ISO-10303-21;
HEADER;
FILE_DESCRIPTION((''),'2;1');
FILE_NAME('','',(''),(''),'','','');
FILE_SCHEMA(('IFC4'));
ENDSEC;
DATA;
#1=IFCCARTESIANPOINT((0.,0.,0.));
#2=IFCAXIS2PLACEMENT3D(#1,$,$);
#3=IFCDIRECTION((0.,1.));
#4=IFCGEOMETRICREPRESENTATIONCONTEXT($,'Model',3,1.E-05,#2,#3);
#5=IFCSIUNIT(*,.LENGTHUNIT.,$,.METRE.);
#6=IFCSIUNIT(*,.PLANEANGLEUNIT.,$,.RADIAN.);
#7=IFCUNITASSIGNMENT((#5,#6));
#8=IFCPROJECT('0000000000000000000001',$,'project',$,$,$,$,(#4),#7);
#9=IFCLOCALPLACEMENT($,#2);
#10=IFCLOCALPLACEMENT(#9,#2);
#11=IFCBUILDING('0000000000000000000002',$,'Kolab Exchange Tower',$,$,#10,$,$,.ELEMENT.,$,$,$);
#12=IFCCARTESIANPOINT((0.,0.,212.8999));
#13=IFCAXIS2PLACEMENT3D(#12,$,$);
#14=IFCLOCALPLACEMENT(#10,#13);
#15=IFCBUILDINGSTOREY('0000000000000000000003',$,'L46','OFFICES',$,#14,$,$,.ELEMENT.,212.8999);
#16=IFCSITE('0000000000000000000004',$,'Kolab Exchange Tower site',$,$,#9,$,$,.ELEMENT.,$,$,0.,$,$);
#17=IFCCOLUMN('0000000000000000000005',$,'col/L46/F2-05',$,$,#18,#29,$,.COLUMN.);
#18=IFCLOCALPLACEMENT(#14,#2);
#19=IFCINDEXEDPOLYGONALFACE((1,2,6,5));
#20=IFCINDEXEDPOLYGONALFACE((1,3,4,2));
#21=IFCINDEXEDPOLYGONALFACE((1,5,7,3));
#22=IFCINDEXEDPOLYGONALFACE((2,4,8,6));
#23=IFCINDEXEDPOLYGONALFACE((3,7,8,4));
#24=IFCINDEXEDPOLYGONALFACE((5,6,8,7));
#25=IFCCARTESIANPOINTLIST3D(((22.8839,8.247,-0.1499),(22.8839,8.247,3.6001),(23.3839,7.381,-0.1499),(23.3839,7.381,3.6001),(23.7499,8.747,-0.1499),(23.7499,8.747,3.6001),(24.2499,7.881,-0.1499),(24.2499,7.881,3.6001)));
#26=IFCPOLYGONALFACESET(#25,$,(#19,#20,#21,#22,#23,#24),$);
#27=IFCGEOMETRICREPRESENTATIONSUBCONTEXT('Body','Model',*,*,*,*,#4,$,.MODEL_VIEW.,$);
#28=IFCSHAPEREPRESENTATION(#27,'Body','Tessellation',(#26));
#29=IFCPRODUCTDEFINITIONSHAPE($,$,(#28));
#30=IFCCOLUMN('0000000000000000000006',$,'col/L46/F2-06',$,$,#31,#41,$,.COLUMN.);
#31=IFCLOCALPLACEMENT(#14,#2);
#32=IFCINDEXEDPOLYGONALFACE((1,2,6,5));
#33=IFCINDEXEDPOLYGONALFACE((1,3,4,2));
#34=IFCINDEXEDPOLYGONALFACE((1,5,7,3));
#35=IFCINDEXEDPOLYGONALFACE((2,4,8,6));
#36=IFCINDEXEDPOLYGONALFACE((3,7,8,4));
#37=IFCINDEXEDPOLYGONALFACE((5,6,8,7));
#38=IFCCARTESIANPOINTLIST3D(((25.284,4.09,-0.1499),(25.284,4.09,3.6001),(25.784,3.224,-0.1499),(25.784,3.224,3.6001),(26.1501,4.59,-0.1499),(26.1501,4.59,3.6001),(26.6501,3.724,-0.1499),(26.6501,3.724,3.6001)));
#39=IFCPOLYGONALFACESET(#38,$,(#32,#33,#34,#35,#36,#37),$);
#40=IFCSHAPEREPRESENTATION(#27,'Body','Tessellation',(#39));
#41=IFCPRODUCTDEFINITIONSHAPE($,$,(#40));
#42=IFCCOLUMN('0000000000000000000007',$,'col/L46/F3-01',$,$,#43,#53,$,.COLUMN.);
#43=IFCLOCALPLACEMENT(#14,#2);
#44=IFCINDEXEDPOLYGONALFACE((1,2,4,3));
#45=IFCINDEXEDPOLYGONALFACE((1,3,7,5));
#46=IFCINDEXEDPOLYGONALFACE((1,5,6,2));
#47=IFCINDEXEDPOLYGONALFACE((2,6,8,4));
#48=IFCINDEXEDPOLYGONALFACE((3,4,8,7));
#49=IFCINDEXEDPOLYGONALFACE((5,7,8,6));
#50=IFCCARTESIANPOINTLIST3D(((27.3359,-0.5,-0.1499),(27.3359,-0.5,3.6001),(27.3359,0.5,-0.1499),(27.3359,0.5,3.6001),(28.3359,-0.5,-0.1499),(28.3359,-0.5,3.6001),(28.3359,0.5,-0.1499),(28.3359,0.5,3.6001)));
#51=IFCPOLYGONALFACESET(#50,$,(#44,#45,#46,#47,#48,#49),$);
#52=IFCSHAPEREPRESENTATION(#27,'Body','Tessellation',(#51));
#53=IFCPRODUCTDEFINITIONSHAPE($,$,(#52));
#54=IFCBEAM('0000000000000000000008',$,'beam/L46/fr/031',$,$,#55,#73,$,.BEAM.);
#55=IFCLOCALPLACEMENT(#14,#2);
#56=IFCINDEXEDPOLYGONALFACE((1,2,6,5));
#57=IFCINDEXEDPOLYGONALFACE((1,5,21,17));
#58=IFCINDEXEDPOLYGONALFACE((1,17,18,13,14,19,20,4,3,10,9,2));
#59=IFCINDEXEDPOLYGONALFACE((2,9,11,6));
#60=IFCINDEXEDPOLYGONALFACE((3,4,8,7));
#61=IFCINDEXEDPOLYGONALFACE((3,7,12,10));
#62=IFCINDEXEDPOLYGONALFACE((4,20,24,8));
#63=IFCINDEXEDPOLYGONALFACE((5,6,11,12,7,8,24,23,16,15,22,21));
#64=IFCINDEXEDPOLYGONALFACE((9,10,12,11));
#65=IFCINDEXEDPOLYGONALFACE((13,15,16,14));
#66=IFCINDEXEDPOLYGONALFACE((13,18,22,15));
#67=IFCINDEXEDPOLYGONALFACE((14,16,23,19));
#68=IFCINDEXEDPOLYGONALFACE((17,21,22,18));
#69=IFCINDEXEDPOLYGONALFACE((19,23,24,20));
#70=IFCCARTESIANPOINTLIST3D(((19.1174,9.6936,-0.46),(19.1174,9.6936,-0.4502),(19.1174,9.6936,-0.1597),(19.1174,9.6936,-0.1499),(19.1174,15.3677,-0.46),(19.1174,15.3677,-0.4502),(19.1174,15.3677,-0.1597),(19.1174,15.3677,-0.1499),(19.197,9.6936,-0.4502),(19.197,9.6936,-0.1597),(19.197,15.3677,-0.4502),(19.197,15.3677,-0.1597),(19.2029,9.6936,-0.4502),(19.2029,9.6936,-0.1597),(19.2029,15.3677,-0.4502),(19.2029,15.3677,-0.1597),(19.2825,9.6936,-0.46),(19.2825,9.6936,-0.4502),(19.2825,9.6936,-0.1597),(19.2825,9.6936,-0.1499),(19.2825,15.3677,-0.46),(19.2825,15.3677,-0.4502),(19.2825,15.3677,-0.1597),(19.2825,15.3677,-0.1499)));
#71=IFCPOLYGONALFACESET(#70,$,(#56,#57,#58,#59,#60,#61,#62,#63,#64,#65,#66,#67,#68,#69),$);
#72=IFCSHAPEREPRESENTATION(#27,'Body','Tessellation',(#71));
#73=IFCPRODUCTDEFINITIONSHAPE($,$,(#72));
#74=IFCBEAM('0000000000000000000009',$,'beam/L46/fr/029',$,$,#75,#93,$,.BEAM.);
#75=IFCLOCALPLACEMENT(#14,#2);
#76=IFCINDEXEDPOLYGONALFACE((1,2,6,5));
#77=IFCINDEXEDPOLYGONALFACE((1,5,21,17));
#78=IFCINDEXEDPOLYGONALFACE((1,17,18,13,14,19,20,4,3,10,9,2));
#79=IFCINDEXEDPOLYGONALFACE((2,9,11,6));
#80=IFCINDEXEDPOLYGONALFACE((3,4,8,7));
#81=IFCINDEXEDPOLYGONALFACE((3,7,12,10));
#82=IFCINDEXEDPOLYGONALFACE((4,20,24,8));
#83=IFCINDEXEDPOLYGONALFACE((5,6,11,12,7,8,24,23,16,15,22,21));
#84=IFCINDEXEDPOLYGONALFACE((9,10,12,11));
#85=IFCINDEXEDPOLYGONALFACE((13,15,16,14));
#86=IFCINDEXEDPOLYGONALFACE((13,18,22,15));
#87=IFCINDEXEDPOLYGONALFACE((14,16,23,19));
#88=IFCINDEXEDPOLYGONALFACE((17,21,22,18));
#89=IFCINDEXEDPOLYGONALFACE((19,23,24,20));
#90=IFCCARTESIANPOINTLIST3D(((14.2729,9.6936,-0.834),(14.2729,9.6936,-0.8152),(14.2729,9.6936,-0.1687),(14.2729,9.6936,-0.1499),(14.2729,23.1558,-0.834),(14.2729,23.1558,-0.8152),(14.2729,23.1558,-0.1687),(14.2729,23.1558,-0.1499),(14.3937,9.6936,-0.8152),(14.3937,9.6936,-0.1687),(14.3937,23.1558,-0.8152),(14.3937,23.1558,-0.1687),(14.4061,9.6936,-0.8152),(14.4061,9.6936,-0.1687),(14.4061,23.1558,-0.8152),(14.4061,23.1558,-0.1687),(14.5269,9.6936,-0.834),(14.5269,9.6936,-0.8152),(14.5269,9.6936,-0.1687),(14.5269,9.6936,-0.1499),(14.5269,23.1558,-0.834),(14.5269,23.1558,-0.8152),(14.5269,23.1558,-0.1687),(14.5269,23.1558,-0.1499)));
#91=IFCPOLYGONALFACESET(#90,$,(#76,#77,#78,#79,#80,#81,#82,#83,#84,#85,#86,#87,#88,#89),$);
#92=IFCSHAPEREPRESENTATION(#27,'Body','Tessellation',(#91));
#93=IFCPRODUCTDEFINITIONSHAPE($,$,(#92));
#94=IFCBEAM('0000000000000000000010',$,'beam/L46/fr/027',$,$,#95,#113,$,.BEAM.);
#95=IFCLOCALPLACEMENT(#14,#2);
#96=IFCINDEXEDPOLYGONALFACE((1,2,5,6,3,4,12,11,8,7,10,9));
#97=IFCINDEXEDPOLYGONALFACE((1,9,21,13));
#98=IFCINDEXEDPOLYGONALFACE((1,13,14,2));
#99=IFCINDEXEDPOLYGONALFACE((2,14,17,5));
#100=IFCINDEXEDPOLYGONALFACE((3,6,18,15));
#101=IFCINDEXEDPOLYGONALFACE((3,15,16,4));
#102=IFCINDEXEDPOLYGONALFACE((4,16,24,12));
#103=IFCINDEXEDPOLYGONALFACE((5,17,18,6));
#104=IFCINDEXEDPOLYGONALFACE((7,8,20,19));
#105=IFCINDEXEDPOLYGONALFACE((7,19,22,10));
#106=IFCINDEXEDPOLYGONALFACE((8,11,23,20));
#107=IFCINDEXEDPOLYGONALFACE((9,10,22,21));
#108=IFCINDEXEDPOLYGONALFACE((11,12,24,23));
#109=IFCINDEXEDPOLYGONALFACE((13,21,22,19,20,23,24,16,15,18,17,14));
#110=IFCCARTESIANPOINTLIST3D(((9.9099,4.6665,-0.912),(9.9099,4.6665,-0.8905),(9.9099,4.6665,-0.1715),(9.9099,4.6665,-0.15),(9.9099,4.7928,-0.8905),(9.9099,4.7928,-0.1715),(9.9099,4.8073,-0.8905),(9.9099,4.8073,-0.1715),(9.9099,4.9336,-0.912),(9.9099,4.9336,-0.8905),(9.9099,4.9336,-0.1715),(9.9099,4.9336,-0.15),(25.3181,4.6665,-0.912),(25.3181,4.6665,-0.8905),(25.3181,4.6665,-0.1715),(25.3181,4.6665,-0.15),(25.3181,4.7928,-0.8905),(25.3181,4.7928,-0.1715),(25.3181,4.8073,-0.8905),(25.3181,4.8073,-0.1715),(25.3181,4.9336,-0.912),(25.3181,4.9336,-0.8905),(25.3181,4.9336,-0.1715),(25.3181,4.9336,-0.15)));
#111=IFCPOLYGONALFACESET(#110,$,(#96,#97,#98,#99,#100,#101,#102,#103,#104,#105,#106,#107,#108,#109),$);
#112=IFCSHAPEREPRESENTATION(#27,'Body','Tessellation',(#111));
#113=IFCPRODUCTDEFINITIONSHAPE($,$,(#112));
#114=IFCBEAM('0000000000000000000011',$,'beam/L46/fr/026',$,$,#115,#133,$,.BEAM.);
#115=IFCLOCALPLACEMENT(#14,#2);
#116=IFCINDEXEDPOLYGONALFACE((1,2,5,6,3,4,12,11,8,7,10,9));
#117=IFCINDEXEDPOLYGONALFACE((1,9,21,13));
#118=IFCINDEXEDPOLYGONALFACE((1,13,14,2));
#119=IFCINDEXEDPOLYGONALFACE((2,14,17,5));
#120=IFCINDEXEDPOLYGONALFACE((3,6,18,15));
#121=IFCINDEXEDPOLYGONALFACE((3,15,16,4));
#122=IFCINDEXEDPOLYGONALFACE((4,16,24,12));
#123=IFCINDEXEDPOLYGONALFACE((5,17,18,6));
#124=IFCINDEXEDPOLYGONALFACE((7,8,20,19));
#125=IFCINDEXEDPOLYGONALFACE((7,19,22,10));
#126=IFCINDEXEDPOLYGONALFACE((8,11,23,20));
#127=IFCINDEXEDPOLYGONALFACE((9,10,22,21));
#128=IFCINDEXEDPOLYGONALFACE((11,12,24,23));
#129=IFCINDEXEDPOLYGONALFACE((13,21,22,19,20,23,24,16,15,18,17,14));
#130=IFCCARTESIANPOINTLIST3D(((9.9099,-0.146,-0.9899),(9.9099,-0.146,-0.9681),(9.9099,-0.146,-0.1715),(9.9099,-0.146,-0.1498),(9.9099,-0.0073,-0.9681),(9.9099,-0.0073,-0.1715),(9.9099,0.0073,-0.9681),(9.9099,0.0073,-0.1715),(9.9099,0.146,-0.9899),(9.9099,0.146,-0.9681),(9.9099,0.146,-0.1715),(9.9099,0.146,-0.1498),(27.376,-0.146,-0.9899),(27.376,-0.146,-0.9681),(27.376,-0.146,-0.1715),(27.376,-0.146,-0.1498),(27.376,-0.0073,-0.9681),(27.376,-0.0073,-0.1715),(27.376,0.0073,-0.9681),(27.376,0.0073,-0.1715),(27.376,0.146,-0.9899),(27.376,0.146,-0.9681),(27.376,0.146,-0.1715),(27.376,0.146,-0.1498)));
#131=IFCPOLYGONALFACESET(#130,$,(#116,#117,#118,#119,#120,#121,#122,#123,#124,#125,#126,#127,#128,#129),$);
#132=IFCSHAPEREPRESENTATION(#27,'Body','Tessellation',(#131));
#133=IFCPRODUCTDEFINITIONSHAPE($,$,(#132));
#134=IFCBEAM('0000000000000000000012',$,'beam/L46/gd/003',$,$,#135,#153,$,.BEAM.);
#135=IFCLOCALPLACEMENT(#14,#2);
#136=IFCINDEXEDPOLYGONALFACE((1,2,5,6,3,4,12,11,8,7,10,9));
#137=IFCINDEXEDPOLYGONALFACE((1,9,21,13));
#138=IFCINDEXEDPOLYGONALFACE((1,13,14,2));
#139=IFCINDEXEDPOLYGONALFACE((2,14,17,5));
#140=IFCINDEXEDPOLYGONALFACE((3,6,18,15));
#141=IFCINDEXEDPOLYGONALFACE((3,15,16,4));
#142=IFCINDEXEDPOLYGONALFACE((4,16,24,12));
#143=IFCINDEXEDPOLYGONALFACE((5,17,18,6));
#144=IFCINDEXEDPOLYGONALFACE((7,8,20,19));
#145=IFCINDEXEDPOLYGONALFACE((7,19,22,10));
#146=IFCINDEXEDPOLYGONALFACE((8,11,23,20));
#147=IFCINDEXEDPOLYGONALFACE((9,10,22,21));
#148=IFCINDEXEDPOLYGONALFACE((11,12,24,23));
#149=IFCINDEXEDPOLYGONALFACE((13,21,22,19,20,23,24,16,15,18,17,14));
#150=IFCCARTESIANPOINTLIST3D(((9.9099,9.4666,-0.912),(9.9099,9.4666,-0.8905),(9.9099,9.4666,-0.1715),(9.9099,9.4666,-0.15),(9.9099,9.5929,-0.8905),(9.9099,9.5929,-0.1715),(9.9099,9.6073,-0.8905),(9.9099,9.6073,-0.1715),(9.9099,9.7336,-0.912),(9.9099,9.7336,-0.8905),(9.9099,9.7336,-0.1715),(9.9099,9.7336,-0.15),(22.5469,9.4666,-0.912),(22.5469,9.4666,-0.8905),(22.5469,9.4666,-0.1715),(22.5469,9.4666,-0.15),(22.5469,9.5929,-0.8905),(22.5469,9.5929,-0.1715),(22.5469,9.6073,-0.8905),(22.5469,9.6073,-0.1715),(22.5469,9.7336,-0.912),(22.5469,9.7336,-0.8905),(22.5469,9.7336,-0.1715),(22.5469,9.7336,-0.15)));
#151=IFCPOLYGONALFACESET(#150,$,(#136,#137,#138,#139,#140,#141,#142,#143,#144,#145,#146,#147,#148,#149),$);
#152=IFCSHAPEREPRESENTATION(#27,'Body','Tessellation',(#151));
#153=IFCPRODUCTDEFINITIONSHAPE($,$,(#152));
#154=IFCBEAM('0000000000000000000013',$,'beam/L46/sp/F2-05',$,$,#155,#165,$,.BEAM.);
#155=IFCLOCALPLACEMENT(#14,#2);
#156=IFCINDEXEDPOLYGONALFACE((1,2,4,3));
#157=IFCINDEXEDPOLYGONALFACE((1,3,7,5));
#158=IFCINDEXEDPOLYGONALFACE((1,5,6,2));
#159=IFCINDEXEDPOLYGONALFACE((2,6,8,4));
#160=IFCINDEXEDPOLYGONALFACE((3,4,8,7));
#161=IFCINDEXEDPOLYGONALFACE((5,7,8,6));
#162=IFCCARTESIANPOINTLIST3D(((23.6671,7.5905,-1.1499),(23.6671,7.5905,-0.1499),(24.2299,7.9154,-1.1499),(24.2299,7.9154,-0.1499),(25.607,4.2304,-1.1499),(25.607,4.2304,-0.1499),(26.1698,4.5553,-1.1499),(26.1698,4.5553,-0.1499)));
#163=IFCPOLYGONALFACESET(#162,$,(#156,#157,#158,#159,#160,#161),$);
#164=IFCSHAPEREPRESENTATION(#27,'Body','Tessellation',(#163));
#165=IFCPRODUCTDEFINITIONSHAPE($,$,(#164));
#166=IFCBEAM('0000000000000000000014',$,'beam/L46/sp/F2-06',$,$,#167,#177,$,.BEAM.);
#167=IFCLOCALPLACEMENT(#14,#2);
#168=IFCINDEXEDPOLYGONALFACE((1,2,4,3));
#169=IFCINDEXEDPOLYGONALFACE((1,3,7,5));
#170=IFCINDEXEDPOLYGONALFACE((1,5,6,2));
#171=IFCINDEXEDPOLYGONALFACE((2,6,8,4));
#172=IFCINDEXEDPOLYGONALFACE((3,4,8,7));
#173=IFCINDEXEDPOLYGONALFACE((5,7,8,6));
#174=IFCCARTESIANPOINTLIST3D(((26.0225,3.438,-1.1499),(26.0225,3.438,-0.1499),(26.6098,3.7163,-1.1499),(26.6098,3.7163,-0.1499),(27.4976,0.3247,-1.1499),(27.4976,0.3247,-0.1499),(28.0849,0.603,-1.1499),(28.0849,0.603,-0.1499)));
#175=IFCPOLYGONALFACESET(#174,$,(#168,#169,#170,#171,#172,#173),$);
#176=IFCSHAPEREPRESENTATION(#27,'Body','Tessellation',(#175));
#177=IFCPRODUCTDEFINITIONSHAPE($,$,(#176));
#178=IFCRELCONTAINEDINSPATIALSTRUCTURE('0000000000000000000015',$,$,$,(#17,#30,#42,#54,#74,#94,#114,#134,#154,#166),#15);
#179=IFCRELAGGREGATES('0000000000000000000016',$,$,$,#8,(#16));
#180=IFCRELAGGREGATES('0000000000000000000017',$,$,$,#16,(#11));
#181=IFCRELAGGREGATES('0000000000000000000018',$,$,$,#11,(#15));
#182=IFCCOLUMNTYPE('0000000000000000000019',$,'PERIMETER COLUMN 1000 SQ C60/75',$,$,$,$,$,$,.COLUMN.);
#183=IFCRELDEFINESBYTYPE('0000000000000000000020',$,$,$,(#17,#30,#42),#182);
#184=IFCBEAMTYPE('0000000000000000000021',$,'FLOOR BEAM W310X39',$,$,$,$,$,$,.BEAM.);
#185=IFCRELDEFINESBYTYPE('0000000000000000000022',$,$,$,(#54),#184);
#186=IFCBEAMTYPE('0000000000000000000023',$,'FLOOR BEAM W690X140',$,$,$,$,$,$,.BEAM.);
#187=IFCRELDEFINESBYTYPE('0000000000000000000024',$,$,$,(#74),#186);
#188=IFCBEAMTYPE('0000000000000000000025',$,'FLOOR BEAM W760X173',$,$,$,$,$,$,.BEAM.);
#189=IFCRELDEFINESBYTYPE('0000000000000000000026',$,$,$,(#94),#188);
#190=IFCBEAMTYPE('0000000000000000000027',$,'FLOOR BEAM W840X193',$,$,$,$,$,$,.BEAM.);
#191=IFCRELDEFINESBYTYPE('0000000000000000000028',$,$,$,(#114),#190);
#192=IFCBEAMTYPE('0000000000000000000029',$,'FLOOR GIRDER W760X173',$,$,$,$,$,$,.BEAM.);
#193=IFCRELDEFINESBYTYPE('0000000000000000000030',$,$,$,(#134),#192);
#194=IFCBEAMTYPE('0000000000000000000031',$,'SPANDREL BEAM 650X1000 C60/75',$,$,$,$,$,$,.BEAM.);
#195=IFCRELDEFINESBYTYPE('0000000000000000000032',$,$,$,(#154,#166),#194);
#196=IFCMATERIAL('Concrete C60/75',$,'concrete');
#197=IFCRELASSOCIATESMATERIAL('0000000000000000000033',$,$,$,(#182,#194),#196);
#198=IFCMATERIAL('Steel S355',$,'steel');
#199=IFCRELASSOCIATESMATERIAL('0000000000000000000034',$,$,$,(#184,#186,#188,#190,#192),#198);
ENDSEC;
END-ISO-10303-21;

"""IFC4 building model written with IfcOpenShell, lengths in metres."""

from ifc_helpers import new_model, si_unit, direction, frame, origin, origin_2d, place, context, subcontext, project, spatial, rectangle, i_section, extrude, material, material_profile, profile_set, type_object, element, save


model = new_model("IFC4")

# Units and contexts
model_context = context("Model", 3, precision=1e-05, world=origin(), true_north=direction((0.0, 1.0)))
body_context = subcontext(model_context, "Body", "Model", "MODEL_VIEW")
ifc_project = project(units=[si_unit("LENGTHUNIT", "METRE"), si_unit("PLANEANGLEUNIT", "RADIAN")], contexts=[model_context])

# Site, building, storey
site_placement = place(None, origin())
site = spatial("IfcSite", under=ifc_project, at=site_placement, Name="Kolab Exchange Tower site", CompositionType="ELEMENT", RefElevation=0.0)
building_placement = place(site_placement, origin())
building = spatial("IfcBuilding", under=site, at=building_placement, Name="Kolab Exchange Tower", CompositionType="ELEMENT")
storey_placement = place(building_placement, frame((0.0, 0.0, 212.8999)))
storey = spatial("IfcBuildingStorey", under=building, at=storey_placement, Name="L46", Description="OFFICES", CompositionType="ELEMENT", Elevation=212.8999)

# Columns
ifc_material_1 = material(Name="Concrete C60/75", Category="concrete")
ifc_material_profile_1 = material_profile(ifc_material_1, rectangle(XDim=1.0, YDim=1.0, at=origin_2d()), Name="RC1000")
ifc_profile_set_1 = profile_set([ifc_material_profile_1], Name="Concrete C60/75")
column_type = type_object("IfcColumnType", Name="PERIMETER COLUMN 1000 SQ C60/75", PredefinedType="COLUMN", material=ifc_profile_set_1)
for number, where, z_axis, x_axis, name in (
    (1, (23.5669, 8.064, -0.1499), (0.0, 0.0, 1.0), (0.866025, 0.5, 0.0), "col/L46/F2-05"),
    (2, (25.967, 3.907, -0.1499), (0.0, 0.0, 1.0), (0.866025, 0.5, 0.0), "col/L46/F2-06"),
    (3, (27.8359, 0.0, -0.1499), (0.0, 0.0, 1.0), (1.0, 0.0, 0.0), "col/L46/F3-01"),
):
    element("IfcColumn", number, at=place(storey_placement, frame(where, z_axis=z_axis, x_axis=x_axis)), inside=storey, type_object=column_type, Name=name, PredefinedType="COLUMN", context=body_context, shape_type="SweptSolid", body=[
        extrude(rectangle(XDim=1.0, YDim=1.0, at=origin_2d()), origin(), (0.0, 0.0, 1.0), 3.75),
    ])

# Beams
ifc_material_2 = material(Name="Steel S355", Category="steel")
ifc_material_profile_2 = material_profile(ifc_material_2, i_section(OverallWidth=0.165, OverallDepth=0.3101, WebThickness=0.0059, FlangeThickness=0.0098, at=origin_2d()), Name="W310X39")
ifc_profile_set_2 = profile_set([ifc_material_profile_2], Name="Steel S355")
beam_type_1 = type_object("IfcBeamType", Name="FLOOR BEAM W310X39", PredefinedType="BEAM", material=ifc_profile_set_2)
beam_1_placement = place(storey_placement, frame((19.2, 9.6936, -0.3049), z_axis=(0.0, 1.0, 0.0), x_axis=(-1.0, 0.0, 0.0)))
element("IfcBeam", 4, at=beam_1_placement, inside=storey, type_object=beam_type_1, Name="beam/L46/fr/031", PredefinedType="BEAM", context=body_context, shape_type="SweptSolid", body=[
    extrude(i_section(OverallWidth=0.165, OverallDepth=0.3101, WebThickness=0.0059, FlangeThickness=0.0098, at=origin_2d()), origin(), (0.0, 0.0, 1.0), 5.6741),
])
ifc_material_profile_3 = material_profile(ifc_material_2, i_section(OverallWidth=0.2539, OverallDepth=0.6841, WebThickness=0.0125, FlangeThickness=0.0188, at=origin_2d()), Name="W690X140")
ifc_profile_set_3 = profile_set([ifc_material_profile_3], Name="Steel S355")
beam_type_2 = type_object("IfcBeamType", Name="FLOOR BEAM W690X140", PredefinedType="BEAM", material=ifc_profile_set_3)
beam_2_placement = place(storey_placement, frame((14.3999, 9.6936, -0.4919), z_axis=(0.0, 1.0, 0.0), x_axis=(-1.0, 0.0, 0.0)))
element("IfcBeam", 5, at=beam_2_placement, inside=storey, type_object=beam_type_2, Name="beam/L46/fr/029", PredefinedType="BEAM", context=body_context, shape_type="SweptSolid", body=[
    extrude(i_section(OverallWidth=0.2539, OverallDepth=0.6841, WebThickness=0.0125, FlangeThickness=0.0188, at=origin_2d()), origin(), (0.0, 0.0, 1.0), 13.4622),
])
ifc_material_profile_4 = material_profile(ifc_material_2, i_section(OverallWidth=0.2671, OverallDepth=0.762, WebThickness=0.0144, FlangeThickness=0.0215, at=origin_2d()), Name="W760X173")
ifc_profile_set_4 = profile_set([ifc_material_profile_4], Name="Steel S355")
beam_type_3 = type_object("IfcBeamType", Name="FLOOR BEAM W760X173", PredefinedType="BEAM", material=ifc_profile_set_4)
beam_3_placement = place(storey_placement, frame((9.9099, 4.8, -0.531), z_axis=(1.0, 0.0, 0.0), x_axis=(0.0, 1.0, 0.0)))
element("IfcBeam", 6, at=beam_3_placement, inside=storey, type_object=beam_type_3, Name="beam/L46/fr/027", PredefinedType="BEAM", context=body_context, shape_type="SweptSolid", body=[
    extrude(i_section(OverallWidth=0.2671, OverallDepth=0.762, WebThickness=0.0144, FlangeThickness=0.0215, at=origin_2d()), origin(), (0.0, 0.0, 1.0), 15.4082),
])
ifc_material_profile_5 = material_profile(ifc_material_2, i_section(OverallWidth=0.292, OverallDepth=0.8401, WebThickness=0.0146, FlangeThickness=0.0217, at=origin_2d()), Name="W840X193")
ifc_profile_set_5 = profile_set([ifc_material_profile_5], Name="Steel S355")
beam_type_4 = type_object("IfcBeamType", Name="FLOOR BEAM W840X193", PredefinedType="BEAM", material=ifc_profile_set_5)
beam_4_placement = place(storey_placement, frame((9.9099, 0.0, -0.5698), z_axis=(1.0, 0.0, 0.0), x_axis=(0.0, 1.0, 0.0)))
element("IfcBeam", 7, at=beam_4_placement, inside=storey, type_object=beam_type_4, Name="beam/L46/fr/026", PredefinedType="BEAM", context=body_context, shape_type="SweptSolid", body=[
    extrude(i_section(OverallWidth=0.292, OverallDepth=0.8401, WebThickness=0.0146, FlangeThickness=0.0217, at=origin_2d()), origin(), (0.0, 0.0, 1.0), 17.4661),
])
ifc_material_profile_6 = material_profile(ifc_material_2, i_section(OverallWidth=0.2671, OverallDepth=0.762, WebThickness=0.0144, FlangeThickness=0.0215, at=origin_2d()), Name="W760X173")
ifc_profile_set_6 = profile_set([ifc_material_profile_6], Name="Steel S355")
beam_type_5 = type_object("IfcBeamType", Name="FLOOR GIRDER W760X173", PredefinedType="BEAM", material=ifc_profile_set_6)
beam_5_placement = place(storey_placement, frame((9.9099, 9.6001, -0.531), z_axis=(1.0, 0.0, 0.0), x_axis=(0.0, 1.0, 0.0)))
element("IfcBeam", 8, at=beam_5_placement, inside=storey, type_object=beam_type_5, Name="beam/L46/gd/003", PredefinedType="BEAM", context=body_context, shape_type="SweptSolid", body=[
    extrude(i_section(OverallWidth=0.2671, OverallDepth=0.762, WebThickness=0.0144, FlangeThickness=0.0215, at=origin_2d()), origin(), (0.0, 0.0, 1.0), 12.637),
])
ifc_material_profile_7 = material_profile(ifc_material_1, rectangle(XDim=0.6499, YDim=1.0, at=origin_2d()), Name="RC650X1000")
ifc_profile_set_7 = profile_set([ifc_material_profile_7], Name="Concrete C60/75")
beam_type_6 = type_object("IfcBeamType", Name="SPANDREL BEAM 650X1000 C60/75", PredefinedType="BEAM", material=ifc_profile_set_7)
beam_6_placement = place(storey_placement, frame((23.9485, 7.7529, -0.6499), z_axis=(0.499997, -0.866027, 0.0), x_axis=(0.866027, 0.499997, 0.0)))
element("IfcBeam", 9, at=beam_6_placement, inside=storey, type_object=beam_type_6, Name="beam/L46/sp/F2-05", PredefinedType="BEAM", context=body_context, shape_type="SweptSolid", body=[
    extrude(rectangle(XDim=0.6499, YDim=1.0, at=origin_2d()), origin(), (0.0, 0.0, 1.0), 3.8799),
])
beam_7_placement = place(storey_placement, frame((26.3162, 3.5771, -0.6499), z_axis=(0.428178, -0.903695, 0.0), x_axis=(0.903695, 0.428178, 0.0)))
element("IfcBeam", 10, at=beam_7_placement, inside=storey, type_object=beam_type_6, Name="beam/L46/sp/F2-06", PredefinedType="BEAM", context=body_context, shape_type="SweptSolid", body=[
    extrude(rectangle(XDim=0.6499, YDim=1.0, at=origin_2d()), origin(), (0.0, 0.0, 1.0), 3.4451),
])

save(model, "model.ifc")
